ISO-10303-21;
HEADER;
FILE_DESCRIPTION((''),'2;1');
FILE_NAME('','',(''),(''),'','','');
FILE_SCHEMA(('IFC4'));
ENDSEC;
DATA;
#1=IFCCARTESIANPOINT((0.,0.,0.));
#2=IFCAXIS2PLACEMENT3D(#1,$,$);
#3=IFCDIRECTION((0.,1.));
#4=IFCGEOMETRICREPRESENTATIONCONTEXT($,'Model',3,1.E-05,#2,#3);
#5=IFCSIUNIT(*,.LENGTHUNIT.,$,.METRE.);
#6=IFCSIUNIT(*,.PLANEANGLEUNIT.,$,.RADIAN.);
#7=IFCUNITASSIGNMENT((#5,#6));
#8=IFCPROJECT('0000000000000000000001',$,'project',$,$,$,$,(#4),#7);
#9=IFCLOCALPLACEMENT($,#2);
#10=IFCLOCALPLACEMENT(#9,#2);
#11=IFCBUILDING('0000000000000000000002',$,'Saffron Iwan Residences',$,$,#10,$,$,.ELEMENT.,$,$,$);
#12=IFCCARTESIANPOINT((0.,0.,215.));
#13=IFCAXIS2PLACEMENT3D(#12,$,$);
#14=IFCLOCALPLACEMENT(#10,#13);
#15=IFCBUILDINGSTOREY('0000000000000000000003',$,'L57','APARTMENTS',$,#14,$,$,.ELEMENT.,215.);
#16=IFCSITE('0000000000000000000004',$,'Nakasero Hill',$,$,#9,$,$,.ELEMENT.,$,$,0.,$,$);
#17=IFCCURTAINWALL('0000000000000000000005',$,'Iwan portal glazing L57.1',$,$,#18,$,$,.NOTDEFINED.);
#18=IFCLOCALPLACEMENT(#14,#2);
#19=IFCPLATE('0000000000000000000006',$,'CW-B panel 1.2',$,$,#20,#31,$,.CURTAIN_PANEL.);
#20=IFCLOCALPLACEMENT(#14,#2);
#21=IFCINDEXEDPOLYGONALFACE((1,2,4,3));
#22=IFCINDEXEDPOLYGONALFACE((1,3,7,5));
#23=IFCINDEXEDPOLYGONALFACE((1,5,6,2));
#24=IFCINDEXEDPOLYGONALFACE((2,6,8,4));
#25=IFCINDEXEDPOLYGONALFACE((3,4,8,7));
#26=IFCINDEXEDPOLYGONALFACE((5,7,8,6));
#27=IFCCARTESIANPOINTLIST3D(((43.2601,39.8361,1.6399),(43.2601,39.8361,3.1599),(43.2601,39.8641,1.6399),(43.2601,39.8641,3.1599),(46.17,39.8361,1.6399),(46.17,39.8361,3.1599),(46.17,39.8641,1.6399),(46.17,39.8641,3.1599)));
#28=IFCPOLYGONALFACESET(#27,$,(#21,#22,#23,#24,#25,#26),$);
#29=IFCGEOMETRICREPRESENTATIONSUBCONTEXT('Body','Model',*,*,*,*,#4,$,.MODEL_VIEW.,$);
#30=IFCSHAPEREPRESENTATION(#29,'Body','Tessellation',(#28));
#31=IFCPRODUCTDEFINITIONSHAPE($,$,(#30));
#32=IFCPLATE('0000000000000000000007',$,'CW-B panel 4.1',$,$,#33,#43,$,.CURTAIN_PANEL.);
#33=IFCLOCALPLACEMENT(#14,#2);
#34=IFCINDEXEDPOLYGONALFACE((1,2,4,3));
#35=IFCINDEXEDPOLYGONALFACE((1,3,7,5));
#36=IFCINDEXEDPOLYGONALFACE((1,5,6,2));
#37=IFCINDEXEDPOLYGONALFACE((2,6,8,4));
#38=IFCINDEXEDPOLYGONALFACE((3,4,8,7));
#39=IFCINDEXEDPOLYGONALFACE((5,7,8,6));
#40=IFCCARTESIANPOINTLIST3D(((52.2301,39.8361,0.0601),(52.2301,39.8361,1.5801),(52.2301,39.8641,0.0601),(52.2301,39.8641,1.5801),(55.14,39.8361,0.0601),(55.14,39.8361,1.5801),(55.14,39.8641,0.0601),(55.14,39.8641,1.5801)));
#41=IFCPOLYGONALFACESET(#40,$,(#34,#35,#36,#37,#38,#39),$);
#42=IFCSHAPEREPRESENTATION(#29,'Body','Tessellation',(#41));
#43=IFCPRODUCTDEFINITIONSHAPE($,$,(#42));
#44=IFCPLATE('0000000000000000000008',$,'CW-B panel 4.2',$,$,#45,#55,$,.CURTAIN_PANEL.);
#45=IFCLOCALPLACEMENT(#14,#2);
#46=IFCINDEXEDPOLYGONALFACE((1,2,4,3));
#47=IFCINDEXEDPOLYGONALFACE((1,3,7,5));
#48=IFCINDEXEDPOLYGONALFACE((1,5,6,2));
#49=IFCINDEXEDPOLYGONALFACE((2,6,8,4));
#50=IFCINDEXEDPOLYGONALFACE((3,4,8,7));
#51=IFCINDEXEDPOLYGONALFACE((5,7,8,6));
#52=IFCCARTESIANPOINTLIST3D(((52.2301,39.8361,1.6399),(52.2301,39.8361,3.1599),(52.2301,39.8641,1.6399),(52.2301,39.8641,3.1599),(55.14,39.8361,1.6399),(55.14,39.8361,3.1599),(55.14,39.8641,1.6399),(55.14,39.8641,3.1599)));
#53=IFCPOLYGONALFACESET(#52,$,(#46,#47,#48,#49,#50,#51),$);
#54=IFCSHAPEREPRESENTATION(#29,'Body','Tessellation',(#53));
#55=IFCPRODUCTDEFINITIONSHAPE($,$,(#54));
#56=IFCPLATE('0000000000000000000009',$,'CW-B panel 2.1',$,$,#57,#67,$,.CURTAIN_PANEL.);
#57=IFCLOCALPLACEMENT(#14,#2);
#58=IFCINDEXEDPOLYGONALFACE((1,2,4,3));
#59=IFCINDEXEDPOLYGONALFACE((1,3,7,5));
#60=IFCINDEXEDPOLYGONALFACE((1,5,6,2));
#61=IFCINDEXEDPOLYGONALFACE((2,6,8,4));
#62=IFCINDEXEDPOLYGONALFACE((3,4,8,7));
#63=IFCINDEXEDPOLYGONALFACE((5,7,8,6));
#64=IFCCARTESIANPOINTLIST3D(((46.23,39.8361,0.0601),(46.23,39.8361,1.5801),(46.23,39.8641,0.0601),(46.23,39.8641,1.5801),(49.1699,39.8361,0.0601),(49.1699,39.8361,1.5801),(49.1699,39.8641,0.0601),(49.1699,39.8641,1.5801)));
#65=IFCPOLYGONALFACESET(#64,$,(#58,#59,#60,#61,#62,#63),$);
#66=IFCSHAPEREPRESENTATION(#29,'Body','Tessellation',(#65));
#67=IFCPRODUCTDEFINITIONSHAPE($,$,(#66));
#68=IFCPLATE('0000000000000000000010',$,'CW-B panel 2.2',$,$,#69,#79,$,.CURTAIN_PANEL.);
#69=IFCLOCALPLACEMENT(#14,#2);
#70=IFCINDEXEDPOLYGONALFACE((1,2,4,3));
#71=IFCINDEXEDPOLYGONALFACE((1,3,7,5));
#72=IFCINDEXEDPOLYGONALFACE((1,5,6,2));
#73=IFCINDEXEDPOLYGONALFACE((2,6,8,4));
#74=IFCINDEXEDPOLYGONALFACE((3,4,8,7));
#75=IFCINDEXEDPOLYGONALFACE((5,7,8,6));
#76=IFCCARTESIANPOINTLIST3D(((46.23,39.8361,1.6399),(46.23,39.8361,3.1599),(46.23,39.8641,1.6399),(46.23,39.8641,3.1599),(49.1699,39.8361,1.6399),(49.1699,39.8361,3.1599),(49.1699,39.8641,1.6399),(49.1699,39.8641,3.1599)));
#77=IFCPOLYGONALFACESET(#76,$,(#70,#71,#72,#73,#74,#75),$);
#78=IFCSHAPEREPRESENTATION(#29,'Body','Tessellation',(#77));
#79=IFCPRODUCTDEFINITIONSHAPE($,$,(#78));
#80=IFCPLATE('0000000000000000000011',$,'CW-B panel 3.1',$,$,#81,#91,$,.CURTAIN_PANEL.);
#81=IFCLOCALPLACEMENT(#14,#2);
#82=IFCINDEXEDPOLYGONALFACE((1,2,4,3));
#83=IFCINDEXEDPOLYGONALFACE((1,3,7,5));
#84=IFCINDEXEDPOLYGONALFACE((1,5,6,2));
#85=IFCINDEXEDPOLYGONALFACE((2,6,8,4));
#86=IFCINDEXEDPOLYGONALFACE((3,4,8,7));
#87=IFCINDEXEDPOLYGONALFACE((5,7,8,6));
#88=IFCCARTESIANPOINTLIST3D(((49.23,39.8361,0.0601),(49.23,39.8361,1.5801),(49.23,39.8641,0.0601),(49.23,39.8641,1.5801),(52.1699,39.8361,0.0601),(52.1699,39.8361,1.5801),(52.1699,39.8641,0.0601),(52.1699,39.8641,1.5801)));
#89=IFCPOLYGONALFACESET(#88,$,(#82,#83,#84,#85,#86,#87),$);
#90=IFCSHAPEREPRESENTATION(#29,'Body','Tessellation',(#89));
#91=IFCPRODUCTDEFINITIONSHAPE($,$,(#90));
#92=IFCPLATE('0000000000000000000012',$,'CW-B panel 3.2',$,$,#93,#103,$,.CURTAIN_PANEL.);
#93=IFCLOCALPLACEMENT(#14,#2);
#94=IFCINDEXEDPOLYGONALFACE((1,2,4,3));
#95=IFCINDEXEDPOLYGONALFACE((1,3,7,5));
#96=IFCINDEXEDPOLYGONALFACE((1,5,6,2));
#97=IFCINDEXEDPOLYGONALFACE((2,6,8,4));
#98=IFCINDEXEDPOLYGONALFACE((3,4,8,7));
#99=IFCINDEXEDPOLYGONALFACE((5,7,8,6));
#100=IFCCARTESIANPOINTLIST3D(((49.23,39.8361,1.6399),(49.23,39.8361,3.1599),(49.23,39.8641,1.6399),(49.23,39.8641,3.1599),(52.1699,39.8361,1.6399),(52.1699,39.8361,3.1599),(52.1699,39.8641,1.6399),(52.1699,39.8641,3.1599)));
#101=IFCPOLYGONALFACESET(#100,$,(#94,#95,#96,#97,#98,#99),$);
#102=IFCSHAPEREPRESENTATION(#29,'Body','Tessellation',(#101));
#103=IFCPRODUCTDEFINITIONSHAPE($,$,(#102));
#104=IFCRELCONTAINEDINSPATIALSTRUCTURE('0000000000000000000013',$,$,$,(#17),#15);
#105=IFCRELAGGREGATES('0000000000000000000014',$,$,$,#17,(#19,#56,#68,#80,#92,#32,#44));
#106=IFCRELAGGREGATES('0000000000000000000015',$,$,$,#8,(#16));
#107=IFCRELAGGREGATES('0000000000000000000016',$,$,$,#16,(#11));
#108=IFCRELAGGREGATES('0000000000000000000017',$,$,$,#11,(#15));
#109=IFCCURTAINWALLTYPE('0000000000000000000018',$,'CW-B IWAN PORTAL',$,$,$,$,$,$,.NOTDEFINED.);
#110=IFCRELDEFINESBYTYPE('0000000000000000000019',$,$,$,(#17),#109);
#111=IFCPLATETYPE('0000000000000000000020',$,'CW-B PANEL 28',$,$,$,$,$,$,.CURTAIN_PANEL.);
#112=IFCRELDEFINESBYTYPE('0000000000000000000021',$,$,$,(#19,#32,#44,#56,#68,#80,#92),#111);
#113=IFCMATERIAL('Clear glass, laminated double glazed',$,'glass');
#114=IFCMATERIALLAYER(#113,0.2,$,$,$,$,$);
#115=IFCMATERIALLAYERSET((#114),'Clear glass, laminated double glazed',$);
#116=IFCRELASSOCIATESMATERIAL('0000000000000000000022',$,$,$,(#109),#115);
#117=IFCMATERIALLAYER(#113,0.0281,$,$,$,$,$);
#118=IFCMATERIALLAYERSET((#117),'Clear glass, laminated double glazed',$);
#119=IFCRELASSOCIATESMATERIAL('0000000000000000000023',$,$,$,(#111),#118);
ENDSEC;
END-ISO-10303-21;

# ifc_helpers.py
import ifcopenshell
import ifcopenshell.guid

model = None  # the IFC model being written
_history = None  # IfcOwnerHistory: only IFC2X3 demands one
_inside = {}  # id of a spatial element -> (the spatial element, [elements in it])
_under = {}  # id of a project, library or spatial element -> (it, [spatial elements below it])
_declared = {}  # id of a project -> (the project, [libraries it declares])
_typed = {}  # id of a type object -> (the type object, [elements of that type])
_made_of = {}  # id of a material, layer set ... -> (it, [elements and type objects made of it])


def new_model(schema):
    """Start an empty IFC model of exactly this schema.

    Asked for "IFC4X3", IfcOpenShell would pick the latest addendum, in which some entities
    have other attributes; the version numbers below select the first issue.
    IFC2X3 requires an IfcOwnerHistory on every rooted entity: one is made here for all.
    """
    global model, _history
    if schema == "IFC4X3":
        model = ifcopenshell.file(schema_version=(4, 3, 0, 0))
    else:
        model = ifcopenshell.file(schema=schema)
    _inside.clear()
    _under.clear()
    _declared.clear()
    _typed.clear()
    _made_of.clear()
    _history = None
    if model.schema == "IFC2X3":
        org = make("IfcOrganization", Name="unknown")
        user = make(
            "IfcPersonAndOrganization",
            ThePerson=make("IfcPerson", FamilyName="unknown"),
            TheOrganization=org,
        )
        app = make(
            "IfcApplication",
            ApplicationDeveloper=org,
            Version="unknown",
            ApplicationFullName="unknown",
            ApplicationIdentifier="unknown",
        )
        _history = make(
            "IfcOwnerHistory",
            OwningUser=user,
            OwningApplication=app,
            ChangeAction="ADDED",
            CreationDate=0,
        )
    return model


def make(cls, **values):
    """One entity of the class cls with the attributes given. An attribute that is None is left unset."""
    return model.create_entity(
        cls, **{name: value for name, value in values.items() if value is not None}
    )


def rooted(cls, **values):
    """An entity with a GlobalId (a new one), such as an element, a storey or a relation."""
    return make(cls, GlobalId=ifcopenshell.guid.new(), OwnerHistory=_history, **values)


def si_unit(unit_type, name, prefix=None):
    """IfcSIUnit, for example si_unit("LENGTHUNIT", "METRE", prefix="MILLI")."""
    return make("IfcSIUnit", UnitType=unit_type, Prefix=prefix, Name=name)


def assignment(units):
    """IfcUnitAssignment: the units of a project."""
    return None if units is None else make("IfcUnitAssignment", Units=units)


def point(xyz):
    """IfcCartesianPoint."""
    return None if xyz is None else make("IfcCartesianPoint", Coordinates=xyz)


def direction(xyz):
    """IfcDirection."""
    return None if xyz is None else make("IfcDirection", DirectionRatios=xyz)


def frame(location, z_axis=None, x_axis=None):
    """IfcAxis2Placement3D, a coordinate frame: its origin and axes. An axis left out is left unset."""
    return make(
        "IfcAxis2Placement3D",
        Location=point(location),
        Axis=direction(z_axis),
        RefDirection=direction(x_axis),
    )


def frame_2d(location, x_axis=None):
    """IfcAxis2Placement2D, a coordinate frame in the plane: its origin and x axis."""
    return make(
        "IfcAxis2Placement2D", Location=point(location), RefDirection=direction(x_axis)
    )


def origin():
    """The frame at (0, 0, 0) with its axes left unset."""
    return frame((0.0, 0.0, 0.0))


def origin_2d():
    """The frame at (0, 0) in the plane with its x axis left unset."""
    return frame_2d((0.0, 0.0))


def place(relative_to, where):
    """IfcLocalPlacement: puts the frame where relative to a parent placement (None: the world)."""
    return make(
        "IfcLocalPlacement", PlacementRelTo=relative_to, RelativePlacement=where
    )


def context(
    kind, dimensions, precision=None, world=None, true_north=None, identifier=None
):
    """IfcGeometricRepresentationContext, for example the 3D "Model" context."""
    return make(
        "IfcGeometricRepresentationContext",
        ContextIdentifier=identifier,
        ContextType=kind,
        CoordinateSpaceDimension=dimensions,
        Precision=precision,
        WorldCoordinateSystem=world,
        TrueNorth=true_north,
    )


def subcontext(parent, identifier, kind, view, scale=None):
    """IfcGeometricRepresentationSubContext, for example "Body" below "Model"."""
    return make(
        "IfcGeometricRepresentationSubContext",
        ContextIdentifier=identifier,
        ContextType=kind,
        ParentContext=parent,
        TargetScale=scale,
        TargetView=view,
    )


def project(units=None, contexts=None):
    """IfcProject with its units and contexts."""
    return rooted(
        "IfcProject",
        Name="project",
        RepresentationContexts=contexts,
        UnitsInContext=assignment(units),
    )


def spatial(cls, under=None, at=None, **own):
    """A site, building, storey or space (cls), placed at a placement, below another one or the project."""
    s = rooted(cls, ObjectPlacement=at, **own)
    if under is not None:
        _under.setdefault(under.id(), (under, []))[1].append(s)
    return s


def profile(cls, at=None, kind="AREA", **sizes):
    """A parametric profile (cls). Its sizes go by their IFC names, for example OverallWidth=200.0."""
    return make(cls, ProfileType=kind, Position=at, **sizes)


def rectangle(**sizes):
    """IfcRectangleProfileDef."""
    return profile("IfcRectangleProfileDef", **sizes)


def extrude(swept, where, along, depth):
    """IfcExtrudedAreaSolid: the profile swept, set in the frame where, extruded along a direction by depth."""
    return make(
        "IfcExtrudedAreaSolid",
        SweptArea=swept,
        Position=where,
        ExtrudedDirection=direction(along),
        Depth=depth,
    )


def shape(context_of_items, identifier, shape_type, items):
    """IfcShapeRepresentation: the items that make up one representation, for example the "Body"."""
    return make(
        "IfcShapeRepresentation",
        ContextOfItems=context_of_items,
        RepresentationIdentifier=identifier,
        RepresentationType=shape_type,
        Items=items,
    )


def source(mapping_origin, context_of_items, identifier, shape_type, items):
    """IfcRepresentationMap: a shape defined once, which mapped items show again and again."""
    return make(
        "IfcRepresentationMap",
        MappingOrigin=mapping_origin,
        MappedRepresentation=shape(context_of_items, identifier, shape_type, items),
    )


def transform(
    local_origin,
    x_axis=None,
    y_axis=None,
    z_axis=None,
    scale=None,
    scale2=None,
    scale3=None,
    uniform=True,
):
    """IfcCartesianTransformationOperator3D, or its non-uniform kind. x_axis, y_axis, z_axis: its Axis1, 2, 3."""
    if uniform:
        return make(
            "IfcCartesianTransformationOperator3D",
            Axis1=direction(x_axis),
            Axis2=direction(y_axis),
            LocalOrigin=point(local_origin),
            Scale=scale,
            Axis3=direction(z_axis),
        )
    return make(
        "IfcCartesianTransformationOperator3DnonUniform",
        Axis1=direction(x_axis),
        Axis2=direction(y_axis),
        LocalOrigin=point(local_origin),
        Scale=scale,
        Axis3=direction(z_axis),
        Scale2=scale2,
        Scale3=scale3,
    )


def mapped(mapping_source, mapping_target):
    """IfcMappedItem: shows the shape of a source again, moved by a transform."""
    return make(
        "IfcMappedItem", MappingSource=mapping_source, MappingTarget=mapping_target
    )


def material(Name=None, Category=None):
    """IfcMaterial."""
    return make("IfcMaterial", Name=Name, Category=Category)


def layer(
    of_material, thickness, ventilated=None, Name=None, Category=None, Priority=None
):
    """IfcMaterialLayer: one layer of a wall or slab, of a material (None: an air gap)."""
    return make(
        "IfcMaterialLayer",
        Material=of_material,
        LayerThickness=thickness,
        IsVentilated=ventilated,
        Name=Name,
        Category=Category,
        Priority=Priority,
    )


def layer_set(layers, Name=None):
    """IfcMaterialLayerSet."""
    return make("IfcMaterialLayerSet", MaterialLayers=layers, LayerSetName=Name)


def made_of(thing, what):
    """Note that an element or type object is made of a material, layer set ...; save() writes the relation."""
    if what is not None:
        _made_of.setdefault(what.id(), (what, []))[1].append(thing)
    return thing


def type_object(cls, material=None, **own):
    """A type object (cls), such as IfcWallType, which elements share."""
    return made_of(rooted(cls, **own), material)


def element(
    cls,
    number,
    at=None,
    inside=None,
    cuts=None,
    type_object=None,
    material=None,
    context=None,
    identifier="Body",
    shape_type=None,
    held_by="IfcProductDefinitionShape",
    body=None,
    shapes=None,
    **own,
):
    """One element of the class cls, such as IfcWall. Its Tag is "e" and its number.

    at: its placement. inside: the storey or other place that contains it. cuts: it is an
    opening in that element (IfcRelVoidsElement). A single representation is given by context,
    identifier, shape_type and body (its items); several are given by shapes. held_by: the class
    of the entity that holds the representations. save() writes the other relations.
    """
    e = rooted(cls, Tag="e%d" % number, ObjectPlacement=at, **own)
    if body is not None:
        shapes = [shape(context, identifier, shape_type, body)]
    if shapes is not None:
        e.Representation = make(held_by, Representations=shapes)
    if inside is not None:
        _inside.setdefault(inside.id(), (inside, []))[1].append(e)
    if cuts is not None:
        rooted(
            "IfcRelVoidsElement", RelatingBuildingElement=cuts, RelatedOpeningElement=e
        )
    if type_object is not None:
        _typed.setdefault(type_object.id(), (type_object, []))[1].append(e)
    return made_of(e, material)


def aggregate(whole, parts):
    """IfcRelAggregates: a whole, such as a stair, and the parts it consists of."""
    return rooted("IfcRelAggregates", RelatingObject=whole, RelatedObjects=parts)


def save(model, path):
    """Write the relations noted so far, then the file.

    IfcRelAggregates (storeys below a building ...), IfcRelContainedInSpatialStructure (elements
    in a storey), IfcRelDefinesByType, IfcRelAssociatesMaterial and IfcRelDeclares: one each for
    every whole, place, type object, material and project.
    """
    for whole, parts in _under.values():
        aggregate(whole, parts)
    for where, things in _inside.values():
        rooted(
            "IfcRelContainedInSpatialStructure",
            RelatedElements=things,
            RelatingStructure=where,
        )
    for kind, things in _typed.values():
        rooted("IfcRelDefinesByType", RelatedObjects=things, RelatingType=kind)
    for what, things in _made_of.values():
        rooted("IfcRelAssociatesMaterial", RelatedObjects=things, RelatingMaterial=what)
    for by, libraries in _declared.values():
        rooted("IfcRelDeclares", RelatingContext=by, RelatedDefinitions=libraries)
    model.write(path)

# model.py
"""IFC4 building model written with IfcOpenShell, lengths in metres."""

from ifc_helpers import new_model, si_unit, direction, frame, origin, origin_2d, place, context, subcontext, project, spatial, rectangle, extrude, source, transform, mapped, material, layer, layer_set, type_object, element, aggregate, save


model = new_model("IFC4")

# Units and contexts
model_context = context("Model", 3, precision=1e-05, world=origin(), true_north=direction((0.0, 1.0)))
body_context = subcontext(model_context, "Body", "Model", "MODEL_VIEW")
ifc_project = project(units=[si_unit("LENGTHUNIT", "METRE"), si_unit("PLANEANGLEUNIT", "RADIAN")], contexts=[model_context])

# Site, building, storey
site_placement = place(None, origin())
site = spatial("IfcSite", under=ifc_project, at=site_placement, Name="Nakasero Hill", CompositionType="ELEMENT", RefElevation=0.0)
building_placement = place(site_placement, origin())
building = spatial("IfcBuilding", under=site, at=building_placement, Name="Saffron Iwan Residences", CompositionType="ELEMENT")
storey_placement = place(building_placement, frame((0.0, 0.0, 215.0)))
storey = spatial("IfcBuildingStorey", under=building, at=storey_placement, Name="L57", Description="APARTMENTS", CompositionType="ELEMENT", Elevation=215.0)

# Curtain wall, plates
ifc_material_1 = material(Name="Clear glass, laminated double glazed", Category="glass")
ifc_layer_1 = layer(ifc_material_1, 0.2)
ifc_layer_set_1 = layer_set([ifc_layer_1], Name="Clear glass, laminated double glazed")
curtain_wall_type = type_object("IfcCurtainWallType", Name="CW-B IWAN PORTAL", PredefinedType="NOTDEFINED", material=ifc_layer_set_1)
curtain_wall_placement = place(storey_placement, origin())
curtain_wall = element("IfcCurtainWall", 1, at=curtain_wall_placement, inside=storey, type_object=curtain_wall_type, Name="Iwan portal glazing L57.1", PredefinedType="NOTDEFINED")
ifc_layer_2 = layer(ifc_material_1, 0.0281)
ifc_layer_set_2 = layer_set([ifc_layer_2], Name="Clear glass, laminated double glazed")
plate_type = type_object("IfcPlateType", Name="CW-B PANEL 28", PredefinedType="CURTAIN_PANEL", material=ifc_layer_set_2)
shared_shape_1 = source(origin(), body_context, "Body", "SweptSolid", [
    extrude(rectangle(XDim=2.9099, YDim=0.0281, at=origin_2d()), origin(), (0.0, 0.0, 1.0), 1.52),
])
plate_1_placement = place(storey_placement, frame((44.7151, 39.8501, 1.6399), z_axis=(0.0, 0.0, 1.0), x_axis=(1.0, 0.0, 0.0)))
plate_1 = element("IfcPlate", 2, at=plate_1_placement, type_object=plate_type, Name="CW-B panel 1.2", PredefinedType="CURTAIN_PANEL", context=body_context, shape_type="MappedRepresentation", body=[
    mapped(shared_shape_1, transform((0.0, 0.0, 0.0))),
])
plate_2_placement = place(storey_placement, frame((53.6851, 39.8501, 0.0601), z_axis=(0.0, 0.0, 1.0), x_axis=(1.0, 0.0, 0.0)))
plate_2 = element("IfcPlate", 3, at=plate_2_placement, type_object=plate_type, Name="CW-B panel 4.1", PredefinedType="CURTAIN_PANEL", context=body_context, shape_type="MappedRepresentation", body=[
    mapped(shared_shape_1, transform((0.0, 0.0, 0.0))),
])
plate_3_placement = place(storey_placement, frame((53.6851, 39.8501, 1.6399), z_axis=(0.0, 0.0, 1.0), x_axis=(1.0, 0.0, 0.0)))
plate_3 = element("IfcPlate", 4, at=plate_3_placement, type_object=plate_type, Name="CW-B panel 4.2", PredefinedType="CURTAIN_PANEL", context=body_context, shape_type="MappedRepresentation", body=[
    mapped(shared_shape_1, transform((0.0, 0.0, 0.0))),
])
shared_shape_2 = source(origin(), body_context, "Body", "SweptSolid", [
    extrude(rectangle(XDim=2.9399, YDim=0.0281, at=origin_2d()), origin(), (0.0, 0.0, 1.0), 1.52),
])
plate_4_placement = place(storey_placement, frame((47.7, 39.8501, 0.0601), z_axis=(0.0, 0.0, 1.0), x_axis=(1.0, 0.0, 0.0)))
plate_4 = element("IfcPlate", 5, at=plate_4_placement, type_object=plate_type, Name="CW-B panel 2.1", PredefinedType="CURTAIN_PANEL", context=body_context, shape_type="MappedRepresentation", body=[
    mapped(shared_shape_2, transform((0.0, 0.0, 0.0))),
])
plate_5_placement = place(storey_placement, frame((47.7, 39.8501, 1.6399), z_axis=(0.0, 0.0, 1.0), x_axis=(1.0, 0.0, 0.0)))
plate_5 = element("IfcPlate", 6, at=plate_5_placement, type_object=plate_type, Name="CW-B panel 2.2", PredefinedType="CURTAIN_PANEL", context=body_context, shape_type="MappedRepresentation", body=[
    mapped(shared_shape_2, transform((0.0, 0.0, 0.0))),
])
plate_6_placement = place(storey_placement, frame((50.7, 39.8501, 0.0601), z_axis=(0.0, 0.0, 1.0), x_axis=(1.0, 0.0, 0.0)))
plate_6 = element("IfcPlate", 7, at=plate_6_placement, type_object=plate_type, Name="CW-B panel 3.1", PredefinedType="CURTAIN_PANEL", context=body_context, shape_type="MappedRepresentation", body=[
    mapped(shared_shape_2, transform((0.0, 0.0, 0.0))),
])
plate_7_placement = place(storey_placement, frame((50.7, 39.8501, 1.6399), z_axis=(0.0, 0.0, 1.0), x_axis=(1.0, 0.0, 0.0)))
plate_7 = element("IfcPlate", 8, at=plate_7_placement, type_object=plate_type, Name="CW-B panel 3.2", PredefinedType="CURTAIN_PANEL", context=body_context, shape_type="MappedRepresentation", body=[
    mapped(shared_shape_2, transform((0.0, 0.0, 0.0))),
])
aggregate(curtain_wall, [plate_1, plate_4, plate_5, plate_6, plate_7, plate_2, plate_3])

save(model, "model.ifc")
